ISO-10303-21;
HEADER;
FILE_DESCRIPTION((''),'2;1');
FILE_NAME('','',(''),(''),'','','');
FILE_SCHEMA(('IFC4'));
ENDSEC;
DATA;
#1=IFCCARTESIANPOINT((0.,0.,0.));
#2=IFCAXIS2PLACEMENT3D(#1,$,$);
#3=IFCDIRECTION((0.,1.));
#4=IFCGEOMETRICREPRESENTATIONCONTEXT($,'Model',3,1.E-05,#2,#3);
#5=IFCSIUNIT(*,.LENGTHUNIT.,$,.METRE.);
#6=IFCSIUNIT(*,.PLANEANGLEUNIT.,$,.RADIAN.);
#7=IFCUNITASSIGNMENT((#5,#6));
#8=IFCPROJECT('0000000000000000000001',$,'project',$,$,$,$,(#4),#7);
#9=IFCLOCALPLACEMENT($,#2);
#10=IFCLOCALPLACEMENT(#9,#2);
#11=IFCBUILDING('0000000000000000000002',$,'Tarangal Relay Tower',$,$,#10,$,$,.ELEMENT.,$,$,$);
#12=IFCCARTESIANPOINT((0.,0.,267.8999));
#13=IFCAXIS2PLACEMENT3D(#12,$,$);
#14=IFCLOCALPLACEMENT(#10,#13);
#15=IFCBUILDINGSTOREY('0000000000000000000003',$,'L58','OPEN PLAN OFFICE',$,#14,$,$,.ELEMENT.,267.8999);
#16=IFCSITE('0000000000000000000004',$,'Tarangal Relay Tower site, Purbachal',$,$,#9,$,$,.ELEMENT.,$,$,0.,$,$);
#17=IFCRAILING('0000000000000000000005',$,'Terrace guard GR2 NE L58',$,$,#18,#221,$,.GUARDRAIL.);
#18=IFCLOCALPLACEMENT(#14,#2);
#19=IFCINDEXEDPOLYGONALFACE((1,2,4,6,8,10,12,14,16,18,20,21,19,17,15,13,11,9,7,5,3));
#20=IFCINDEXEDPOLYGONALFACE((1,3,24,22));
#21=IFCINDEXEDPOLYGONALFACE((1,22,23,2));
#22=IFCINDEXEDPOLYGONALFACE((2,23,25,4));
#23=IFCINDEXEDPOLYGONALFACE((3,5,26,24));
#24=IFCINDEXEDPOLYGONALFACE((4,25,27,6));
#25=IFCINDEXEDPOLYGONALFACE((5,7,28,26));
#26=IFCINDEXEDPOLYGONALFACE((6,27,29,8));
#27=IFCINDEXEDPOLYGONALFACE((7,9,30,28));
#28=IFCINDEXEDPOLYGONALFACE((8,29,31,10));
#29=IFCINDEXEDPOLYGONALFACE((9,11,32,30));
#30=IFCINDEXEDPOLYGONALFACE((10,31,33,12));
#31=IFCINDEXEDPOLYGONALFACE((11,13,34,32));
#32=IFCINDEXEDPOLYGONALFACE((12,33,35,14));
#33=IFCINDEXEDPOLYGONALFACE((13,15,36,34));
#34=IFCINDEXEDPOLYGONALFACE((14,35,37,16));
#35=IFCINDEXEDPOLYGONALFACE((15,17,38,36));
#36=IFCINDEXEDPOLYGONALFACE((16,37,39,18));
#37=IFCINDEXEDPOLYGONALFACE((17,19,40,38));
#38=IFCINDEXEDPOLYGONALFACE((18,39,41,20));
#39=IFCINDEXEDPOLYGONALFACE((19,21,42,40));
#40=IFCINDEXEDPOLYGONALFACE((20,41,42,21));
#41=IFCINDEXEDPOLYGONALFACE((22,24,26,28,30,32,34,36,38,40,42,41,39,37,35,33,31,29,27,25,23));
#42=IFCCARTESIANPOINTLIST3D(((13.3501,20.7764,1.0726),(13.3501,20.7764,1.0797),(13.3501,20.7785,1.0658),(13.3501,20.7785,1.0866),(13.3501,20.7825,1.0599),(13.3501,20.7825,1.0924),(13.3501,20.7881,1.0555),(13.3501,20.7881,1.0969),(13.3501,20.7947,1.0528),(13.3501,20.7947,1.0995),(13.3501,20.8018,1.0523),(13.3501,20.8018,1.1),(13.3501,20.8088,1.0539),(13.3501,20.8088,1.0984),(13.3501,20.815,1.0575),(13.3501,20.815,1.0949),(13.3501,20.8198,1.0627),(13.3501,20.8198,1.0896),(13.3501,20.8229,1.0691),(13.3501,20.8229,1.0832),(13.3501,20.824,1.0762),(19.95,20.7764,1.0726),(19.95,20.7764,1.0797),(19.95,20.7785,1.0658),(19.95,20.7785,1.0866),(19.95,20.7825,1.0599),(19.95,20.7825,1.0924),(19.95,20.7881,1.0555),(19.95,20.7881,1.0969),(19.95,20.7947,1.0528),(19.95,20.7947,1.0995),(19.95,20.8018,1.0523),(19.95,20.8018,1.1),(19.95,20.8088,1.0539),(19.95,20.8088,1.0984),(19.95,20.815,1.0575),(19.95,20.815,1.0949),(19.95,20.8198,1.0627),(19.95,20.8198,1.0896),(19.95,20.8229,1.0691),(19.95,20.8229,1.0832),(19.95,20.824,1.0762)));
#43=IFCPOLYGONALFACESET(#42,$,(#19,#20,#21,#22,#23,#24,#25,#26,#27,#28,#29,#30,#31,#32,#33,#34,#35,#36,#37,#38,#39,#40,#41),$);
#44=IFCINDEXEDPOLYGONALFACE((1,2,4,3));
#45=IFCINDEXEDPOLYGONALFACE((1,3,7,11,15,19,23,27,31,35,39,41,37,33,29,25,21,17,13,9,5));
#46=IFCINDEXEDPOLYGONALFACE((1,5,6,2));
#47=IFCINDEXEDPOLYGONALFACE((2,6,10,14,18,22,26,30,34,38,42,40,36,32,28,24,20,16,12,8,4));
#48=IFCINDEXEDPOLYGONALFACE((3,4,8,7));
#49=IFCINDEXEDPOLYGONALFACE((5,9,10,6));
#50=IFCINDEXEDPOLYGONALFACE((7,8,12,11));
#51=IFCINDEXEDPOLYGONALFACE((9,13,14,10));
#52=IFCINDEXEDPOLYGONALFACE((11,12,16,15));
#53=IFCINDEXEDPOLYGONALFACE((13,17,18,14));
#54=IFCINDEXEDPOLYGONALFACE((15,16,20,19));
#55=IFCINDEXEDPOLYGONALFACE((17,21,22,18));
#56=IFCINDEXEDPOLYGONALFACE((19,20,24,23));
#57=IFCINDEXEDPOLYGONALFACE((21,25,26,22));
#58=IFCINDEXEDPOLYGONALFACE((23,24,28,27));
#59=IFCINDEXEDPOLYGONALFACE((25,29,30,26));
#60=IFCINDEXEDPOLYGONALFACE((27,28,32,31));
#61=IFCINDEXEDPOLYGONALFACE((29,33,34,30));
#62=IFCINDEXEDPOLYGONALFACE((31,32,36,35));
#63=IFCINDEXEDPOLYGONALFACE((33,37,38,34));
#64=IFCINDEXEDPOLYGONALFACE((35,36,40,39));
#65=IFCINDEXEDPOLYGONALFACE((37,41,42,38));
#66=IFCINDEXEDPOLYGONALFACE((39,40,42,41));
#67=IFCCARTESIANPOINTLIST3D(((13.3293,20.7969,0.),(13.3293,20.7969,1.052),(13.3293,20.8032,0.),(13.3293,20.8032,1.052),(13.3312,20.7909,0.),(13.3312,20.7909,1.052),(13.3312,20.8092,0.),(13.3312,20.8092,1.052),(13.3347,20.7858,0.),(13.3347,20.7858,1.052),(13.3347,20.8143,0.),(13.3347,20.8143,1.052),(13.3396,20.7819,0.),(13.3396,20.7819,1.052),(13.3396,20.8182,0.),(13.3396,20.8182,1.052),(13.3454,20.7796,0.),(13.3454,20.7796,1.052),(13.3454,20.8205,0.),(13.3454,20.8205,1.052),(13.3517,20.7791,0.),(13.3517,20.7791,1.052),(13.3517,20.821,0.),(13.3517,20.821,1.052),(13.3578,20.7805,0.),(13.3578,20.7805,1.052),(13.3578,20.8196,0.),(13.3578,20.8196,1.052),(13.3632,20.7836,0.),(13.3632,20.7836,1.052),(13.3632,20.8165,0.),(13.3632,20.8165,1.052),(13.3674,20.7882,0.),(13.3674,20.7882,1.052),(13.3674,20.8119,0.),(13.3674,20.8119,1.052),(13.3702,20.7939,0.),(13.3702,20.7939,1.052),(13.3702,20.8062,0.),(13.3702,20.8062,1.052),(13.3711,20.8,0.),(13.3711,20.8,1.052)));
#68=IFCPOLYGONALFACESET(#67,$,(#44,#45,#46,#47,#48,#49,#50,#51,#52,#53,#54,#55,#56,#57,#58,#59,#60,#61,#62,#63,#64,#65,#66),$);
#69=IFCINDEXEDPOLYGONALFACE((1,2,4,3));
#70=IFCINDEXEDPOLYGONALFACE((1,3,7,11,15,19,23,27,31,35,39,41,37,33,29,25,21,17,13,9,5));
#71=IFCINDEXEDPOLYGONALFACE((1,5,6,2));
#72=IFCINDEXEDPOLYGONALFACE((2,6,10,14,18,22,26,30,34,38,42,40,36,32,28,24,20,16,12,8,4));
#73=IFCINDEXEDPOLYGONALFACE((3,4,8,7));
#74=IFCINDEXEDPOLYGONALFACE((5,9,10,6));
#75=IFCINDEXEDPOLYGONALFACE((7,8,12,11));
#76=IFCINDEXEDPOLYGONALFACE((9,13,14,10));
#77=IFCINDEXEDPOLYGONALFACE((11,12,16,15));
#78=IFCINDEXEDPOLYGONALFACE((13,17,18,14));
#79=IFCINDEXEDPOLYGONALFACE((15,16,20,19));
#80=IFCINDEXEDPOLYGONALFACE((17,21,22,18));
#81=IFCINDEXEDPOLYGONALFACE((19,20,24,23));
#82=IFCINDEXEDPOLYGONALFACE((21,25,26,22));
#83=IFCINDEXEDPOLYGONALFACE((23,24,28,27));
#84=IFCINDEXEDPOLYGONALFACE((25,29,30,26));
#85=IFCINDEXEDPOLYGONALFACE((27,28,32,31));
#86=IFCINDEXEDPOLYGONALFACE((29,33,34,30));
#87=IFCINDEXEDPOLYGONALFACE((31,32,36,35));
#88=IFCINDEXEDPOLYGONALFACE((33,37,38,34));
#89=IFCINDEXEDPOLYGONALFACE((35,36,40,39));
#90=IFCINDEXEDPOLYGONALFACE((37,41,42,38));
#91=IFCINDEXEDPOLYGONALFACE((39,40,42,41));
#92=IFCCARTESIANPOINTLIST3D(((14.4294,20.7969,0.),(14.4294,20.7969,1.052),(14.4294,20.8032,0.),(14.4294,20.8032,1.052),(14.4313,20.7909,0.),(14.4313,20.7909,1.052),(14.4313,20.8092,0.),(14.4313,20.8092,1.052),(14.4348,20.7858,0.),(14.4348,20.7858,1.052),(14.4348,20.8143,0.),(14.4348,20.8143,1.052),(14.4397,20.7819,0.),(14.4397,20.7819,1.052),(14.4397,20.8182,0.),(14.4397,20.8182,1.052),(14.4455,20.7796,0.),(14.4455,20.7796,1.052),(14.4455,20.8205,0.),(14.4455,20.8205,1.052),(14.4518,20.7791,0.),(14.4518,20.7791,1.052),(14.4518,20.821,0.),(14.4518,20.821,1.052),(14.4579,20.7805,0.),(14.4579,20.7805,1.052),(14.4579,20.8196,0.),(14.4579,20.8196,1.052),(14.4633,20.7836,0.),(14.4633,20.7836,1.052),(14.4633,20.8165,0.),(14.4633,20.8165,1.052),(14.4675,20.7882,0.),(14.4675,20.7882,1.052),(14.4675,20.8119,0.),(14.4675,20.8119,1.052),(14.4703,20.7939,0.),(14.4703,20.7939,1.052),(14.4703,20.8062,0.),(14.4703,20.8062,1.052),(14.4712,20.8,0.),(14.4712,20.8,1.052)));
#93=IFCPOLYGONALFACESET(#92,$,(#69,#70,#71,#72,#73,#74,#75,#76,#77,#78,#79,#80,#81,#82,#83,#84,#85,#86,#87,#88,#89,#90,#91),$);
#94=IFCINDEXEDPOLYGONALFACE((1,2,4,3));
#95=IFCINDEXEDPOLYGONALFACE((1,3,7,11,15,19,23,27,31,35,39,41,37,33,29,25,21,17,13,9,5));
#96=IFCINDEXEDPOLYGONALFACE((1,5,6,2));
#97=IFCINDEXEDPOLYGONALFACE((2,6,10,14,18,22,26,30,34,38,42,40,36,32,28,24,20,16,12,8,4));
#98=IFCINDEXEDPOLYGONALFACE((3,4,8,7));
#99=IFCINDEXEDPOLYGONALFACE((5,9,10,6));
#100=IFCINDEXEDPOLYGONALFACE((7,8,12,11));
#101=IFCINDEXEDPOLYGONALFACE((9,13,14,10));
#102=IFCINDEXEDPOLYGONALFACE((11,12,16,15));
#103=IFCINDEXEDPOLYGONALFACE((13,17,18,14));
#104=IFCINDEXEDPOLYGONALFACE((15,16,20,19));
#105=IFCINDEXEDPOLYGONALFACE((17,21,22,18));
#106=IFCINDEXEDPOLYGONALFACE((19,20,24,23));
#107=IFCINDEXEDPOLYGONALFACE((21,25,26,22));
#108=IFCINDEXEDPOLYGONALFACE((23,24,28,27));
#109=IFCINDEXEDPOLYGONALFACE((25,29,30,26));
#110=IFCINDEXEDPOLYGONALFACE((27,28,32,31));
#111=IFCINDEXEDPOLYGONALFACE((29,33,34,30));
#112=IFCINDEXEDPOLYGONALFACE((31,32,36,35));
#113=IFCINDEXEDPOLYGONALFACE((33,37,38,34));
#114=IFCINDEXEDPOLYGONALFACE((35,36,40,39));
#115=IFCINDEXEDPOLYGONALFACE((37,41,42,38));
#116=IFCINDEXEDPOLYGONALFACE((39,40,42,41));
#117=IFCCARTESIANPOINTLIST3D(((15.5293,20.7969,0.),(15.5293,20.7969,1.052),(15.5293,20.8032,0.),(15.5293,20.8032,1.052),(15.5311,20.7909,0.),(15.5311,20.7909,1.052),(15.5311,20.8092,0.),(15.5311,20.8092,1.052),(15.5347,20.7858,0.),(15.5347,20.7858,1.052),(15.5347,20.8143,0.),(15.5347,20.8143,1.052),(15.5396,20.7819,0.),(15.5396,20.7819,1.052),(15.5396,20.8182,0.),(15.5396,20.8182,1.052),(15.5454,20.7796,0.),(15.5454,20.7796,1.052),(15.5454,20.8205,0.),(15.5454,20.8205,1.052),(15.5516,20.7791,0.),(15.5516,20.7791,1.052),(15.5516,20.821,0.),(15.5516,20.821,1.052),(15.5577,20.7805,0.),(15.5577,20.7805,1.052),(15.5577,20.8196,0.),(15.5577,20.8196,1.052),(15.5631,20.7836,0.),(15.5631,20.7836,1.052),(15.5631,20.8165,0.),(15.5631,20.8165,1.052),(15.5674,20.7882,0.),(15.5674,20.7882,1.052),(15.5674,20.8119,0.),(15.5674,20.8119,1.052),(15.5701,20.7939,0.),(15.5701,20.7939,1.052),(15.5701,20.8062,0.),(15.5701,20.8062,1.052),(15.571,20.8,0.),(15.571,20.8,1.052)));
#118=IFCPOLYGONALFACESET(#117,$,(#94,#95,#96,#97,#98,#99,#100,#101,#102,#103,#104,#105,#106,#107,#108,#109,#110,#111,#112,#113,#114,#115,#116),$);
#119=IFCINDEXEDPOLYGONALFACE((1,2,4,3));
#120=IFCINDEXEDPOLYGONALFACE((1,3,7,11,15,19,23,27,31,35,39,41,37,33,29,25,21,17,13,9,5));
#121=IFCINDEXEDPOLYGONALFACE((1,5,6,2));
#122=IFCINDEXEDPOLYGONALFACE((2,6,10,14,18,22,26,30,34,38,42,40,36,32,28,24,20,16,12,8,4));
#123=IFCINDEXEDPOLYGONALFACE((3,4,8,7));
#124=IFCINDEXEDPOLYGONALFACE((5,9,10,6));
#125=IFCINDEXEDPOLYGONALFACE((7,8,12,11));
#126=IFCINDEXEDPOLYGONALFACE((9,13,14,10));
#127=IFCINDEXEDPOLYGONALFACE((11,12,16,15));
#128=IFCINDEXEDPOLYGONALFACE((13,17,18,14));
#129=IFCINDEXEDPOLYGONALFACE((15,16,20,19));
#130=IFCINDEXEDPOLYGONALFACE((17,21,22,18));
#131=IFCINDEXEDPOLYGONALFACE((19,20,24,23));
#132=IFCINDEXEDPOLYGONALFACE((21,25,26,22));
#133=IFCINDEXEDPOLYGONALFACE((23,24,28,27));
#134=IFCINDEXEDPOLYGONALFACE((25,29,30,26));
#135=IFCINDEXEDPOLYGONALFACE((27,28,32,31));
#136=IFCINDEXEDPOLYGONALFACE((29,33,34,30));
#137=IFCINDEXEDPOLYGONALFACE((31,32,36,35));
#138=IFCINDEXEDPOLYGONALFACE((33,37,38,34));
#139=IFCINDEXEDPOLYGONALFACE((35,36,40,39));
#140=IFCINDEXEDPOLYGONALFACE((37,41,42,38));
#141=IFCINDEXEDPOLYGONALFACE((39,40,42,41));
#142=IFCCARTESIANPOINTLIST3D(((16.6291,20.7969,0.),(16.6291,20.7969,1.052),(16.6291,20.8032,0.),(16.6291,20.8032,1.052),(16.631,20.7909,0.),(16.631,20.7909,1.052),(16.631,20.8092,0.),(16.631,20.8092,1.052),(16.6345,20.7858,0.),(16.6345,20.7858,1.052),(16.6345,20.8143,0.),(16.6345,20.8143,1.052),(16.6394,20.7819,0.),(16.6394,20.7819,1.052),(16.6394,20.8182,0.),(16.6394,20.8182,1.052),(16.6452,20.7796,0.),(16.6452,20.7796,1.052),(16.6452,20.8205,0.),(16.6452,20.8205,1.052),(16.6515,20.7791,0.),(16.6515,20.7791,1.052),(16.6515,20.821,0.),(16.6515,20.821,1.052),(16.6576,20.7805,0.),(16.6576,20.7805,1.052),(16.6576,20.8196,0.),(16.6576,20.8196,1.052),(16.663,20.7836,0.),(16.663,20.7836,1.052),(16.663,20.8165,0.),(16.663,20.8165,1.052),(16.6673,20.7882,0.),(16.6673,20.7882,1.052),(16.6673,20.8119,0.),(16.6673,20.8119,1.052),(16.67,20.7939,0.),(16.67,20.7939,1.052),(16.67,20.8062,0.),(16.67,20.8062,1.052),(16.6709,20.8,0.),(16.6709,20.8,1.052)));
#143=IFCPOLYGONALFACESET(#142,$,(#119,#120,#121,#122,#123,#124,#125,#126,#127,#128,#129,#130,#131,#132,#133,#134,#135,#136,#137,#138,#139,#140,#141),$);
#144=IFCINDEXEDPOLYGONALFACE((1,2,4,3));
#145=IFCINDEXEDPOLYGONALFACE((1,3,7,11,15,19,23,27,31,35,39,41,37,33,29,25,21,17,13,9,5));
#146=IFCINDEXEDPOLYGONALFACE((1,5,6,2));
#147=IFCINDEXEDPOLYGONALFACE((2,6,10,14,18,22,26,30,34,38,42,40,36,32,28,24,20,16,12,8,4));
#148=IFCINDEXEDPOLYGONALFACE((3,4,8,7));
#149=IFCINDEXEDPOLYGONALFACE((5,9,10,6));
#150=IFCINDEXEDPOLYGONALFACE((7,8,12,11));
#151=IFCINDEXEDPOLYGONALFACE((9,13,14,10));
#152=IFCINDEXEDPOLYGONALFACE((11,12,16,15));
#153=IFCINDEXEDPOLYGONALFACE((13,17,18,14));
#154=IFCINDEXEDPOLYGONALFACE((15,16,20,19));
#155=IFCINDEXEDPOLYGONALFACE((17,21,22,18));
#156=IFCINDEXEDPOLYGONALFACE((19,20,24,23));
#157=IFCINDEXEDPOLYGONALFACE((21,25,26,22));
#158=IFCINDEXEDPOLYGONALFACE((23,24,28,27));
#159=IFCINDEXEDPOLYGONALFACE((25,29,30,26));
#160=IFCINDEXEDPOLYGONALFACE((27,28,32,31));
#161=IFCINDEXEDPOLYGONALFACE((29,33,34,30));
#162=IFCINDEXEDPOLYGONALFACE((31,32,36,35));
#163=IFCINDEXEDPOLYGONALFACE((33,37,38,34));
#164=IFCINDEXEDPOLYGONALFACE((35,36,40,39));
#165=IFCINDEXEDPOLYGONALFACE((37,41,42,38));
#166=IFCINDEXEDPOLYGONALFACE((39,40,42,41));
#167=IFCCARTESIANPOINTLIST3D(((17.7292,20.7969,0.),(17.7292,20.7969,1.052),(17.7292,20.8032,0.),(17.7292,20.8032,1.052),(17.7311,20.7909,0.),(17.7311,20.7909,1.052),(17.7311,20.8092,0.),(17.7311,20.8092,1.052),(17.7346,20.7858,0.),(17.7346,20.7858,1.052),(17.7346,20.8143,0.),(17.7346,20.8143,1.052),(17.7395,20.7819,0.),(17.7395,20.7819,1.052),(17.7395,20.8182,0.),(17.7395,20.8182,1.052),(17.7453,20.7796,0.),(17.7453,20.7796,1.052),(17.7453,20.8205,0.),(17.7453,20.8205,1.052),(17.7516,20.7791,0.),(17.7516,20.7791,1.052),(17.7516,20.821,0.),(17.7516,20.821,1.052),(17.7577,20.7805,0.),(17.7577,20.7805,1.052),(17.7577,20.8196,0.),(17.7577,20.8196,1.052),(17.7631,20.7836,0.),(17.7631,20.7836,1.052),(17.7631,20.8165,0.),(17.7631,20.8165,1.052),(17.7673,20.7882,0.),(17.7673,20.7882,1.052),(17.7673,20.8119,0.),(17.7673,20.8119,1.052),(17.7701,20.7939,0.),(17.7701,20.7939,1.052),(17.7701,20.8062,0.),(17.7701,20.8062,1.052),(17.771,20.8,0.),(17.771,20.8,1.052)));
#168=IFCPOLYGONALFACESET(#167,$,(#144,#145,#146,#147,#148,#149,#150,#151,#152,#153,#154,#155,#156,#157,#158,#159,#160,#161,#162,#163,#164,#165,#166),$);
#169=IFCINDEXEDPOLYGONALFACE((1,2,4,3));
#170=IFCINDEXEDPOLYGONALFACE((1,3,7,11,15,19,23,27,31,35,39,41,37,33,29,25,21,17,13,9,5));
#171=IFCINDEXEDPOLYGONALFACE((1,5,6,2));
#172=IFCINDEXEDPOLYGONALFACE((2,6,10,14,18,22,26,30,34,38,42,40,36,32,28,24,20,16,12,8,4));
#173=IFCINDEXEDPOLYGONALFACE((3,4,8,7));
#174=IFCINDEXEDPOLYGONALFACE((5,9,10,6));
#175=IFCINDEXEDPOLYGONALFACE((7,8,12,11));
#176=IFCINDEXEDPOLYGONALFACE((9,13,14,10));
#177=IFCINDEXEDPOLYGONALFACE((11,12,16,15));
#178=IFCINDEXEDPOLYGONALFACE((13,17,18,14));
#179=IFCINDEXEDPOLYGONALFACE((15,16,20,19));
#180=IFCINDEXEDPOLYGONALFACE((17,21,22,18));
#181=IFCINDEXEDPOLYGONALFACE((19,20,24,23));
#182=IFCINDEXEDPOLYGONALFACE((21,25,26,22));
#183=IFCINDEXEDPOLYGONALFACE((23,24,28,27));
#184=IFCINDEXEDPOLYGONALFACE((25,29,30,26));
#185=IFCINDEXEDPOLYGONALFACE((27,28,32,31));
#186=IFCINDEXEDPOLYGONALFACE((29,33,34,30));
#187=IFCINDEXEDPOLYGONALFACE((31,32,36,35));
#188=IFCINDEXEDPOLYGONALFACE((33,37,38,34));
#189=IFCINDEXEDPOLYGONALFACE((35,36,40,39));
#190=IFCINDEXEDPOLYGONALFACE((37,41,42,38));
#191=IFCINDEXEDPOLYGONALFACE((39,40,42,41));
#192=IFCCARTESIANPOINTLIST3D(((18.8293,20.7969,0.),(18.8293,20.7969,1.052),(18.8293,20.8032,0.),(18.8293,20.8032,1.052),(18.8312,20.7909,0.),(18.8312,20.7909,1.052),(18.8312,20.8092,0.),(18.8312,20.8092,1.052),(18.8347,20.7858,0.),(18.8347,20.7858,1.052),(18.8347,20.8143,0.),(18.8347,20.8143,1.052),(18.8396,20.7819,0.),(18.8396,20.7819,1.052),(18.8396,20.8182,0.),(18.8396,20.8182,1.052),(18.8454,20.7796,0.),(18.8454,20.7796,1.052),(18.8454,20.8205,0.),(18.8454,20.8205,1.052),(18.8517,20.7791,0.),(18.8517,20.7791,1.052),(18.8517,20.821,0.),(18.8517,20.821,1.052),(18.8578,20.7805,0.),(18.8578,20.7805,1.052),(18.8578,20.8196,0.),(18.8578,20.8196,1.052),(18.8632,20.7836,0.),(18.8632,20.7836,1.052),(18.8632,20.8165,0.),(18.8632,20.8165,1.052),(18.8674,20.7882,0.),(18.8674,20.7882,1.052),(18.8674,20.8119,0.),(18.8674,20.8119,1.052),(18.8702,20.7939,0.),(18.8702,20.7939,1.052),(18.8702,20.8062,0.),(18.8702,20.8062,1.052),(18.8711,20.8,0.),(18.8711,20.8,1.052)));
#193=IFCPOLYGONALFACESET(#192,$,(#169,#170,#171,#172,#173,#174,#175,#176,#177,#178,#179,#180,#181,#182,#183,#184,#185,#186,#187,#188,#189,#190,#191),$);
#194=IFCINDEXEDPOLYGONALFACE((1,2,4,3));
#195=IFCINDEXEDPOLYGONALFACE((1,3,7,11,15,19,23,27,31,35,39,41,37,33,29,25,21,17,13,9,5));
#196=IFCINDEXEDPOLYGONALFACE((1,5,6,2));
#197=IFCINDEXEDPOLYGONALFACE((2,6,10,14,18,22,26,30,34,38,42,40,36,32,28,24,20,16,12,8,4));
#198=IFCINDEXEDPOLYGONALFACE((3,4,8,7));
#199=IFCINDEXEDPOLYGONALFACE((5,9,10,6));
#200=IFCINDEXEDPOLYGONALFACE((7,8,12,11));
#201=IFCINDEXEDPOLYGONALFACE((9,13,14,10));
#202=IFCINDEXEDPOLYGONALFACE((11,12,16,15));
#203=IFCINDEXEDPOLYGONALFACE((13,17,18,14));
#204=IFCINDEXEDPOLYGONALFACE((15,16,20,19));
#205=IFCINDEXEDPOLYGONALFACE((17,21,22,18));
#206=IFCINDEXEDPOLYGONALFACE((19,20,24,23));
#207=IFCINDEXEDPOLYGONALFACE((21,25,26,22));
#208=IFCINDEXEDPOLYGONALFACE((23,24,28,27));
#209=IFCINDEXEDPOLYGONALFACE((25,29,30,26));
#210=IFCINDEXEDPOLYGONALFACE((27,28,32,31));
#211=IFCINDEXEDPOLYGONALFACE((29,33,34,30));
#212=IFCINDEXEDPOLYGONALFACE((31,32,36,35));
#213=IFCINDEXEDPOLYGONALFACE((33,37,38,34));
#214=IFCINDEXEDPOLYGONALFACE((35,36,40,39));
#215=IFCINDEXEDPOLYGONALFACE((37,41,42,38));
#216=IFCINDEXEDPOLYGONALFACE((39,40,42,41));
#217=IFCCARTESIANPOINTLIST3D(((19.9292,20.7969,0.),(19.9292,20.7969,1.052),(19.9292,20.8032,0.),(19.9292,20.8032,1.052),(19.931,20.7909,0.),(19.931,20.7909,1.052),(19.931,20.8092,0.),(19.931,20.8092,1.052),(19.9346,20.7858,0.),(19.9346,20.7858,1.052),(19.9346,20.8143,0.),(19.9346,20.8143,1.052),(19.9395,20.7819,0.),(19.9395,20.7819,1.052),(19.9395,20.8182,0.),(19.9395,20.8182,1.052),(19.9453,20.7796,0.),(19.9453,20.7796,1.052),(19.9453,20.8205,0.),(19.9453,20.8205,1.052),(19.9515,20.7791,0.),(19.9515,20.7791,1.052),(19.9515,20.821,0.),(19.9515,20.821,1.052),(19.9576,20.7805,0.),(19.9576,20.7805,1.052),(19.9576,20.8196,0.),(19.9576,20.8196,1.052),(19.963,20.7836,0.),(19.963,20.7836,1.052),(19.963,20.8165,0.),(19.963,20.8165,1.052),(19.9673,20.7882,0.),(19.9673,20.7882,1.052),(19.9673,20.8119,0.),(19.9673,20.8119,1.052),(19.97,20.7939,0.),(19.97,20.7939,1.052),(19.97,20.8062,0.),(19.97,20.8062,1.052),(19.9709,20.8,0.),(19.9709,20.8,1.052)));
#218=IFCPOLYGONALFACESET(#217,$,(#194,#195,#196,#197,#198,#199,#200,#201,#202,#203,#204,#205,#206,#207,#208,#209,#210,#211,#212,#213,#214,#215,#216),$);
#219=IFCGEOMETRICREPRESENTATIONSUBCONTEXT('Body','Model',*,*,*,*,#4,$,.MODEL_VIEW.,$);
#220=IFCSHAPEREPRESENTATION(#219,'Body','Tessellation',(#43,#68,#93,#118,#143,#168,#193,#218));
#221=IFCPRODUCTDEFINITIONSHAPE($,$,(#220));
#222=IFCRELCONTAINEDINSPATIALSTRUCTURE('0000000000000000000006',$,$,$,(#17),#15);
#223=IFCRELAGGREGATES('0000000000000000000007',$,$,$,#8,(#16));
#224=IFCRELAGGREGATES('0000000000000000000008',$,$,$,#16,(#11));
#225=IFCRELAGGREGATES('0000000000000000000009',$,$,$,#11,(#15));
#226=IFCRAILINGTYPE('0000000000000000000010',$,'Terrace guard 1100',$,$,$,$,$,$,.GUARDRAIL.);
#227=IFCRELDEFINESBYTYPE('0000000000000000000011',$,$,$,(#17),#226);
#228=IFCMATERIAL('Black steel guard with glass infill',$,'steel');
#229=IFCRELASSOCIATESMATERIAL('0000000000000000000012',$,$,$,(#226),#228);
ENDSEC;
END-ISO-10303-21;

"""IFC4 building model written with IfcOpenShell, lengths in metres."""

from ifc_helpers import new_model, si_unit, direction, frame, origin, origin_2d, place, context, subcontext, project, spatial, circle, extrude, material, type_object, element, save


model = new_model("IFC4")

# Units and contexts
model_context = context("Model", 3, precision=1e-05, world=origin(), true_north=direction((0.0, 1.0)))
body_context = subcontext(model_context, "Body", "Model", "MODEL_VIEW")
ifc_project = project(units=[si_unit("LENGTHUNIT", "METRE"), si_unit("PLANEANGLEUNIT", "RADIAN")], contexts=[model_context])

# Site, building, storey
site_placement = place(None, origin())
site = spatial("IfcSite", under=ifc_project, at=site_placement, Name="Tarangal Relay Tower site, Purbachal", CompositionType="ELEMENT", RefElevation=0.0)
building_placement = place(site_placement, origin())
building = spatial("IfcBuilding", under=site, at=building_placement, Name="Tarangal Relay Tower", CompositionType="ELEMENT")
storey_placement = place(building_placement, frame((0.0, 0.0, 267.8999)))
storey = spatial("IfcBuildingStorey", under=building, at=storey_placement, Name="L58", Description="OPEN PLAN OFFICE", CompositionType="ELEMENT", Elevation=267.8999)

# Railing
ifc_material_1 = material(Name="Black steel guard with glass infill", Category="steel")
railing_type = type_object("IfcRailingType", Name="Terrace guard 1100", PredefinedType="GUARDRAIL", material=ifc_material_1)
railing_1_placement = place(storey_placement, frame((13.3501, 20.8, 0.0)))
element("IfcRailing", 1, at=railing_1_placement, inside=storey, type_object=railing_type, Name="Terrace guard GR2 NE L58", PredefinedType="GUARDRAIL", context=body_context, shape_type="SweptSolid", body=[
    extrude(circle(Radius=0.0239, at=origin_2d()), frame((0.0, 0.0, 1.0762), z_axis=(1.0, 0.0, 0.0), x_axis=(0.0, 1.0, 0.0)), (0.0, 0.0, 1.0), 6.5999),
    extrude(circle(Radius=0.021, at=origin_2d()), origin(), (0.0, 0.0, 1.0), 1.052),
    extrude(circle(Radius=0.021, at=origin_2d()), frame((1.1001, 0.0, 0.0)), (0.0, 0.0, 1.0), 1.052),
    extrude(circle(Radius=0.021, at=origin_2d()), frame((2.2, 0.0, 0.0)), (0.0, 0.0, 1.0), 1.052),
    extrude(circle(Radius=0.021, at=origin_2d()), frame((3.2998, 0.0, 0.0)), (0.0, 0.0, 1.0), 1.052),
    extrude(circle(Radius=0.021, at=origin_2d()), frame((4.3999, 0.0, 0.0)), (0.0, 0.0, 1.0), 1.052),
    extrude(circle(Radius=0.021, at=origin_2d()), frame((5.5, 0.0, 0.0)), (0.0, 0.0, 1.0), 1.052),
    extrude(circle(Radius=0.021, at=origin_2d()), frame((6.5999, 0.0, 0.0)), (0.0, 0.0, 1.0), 1.052),
])

save(model, "model.ifc")
